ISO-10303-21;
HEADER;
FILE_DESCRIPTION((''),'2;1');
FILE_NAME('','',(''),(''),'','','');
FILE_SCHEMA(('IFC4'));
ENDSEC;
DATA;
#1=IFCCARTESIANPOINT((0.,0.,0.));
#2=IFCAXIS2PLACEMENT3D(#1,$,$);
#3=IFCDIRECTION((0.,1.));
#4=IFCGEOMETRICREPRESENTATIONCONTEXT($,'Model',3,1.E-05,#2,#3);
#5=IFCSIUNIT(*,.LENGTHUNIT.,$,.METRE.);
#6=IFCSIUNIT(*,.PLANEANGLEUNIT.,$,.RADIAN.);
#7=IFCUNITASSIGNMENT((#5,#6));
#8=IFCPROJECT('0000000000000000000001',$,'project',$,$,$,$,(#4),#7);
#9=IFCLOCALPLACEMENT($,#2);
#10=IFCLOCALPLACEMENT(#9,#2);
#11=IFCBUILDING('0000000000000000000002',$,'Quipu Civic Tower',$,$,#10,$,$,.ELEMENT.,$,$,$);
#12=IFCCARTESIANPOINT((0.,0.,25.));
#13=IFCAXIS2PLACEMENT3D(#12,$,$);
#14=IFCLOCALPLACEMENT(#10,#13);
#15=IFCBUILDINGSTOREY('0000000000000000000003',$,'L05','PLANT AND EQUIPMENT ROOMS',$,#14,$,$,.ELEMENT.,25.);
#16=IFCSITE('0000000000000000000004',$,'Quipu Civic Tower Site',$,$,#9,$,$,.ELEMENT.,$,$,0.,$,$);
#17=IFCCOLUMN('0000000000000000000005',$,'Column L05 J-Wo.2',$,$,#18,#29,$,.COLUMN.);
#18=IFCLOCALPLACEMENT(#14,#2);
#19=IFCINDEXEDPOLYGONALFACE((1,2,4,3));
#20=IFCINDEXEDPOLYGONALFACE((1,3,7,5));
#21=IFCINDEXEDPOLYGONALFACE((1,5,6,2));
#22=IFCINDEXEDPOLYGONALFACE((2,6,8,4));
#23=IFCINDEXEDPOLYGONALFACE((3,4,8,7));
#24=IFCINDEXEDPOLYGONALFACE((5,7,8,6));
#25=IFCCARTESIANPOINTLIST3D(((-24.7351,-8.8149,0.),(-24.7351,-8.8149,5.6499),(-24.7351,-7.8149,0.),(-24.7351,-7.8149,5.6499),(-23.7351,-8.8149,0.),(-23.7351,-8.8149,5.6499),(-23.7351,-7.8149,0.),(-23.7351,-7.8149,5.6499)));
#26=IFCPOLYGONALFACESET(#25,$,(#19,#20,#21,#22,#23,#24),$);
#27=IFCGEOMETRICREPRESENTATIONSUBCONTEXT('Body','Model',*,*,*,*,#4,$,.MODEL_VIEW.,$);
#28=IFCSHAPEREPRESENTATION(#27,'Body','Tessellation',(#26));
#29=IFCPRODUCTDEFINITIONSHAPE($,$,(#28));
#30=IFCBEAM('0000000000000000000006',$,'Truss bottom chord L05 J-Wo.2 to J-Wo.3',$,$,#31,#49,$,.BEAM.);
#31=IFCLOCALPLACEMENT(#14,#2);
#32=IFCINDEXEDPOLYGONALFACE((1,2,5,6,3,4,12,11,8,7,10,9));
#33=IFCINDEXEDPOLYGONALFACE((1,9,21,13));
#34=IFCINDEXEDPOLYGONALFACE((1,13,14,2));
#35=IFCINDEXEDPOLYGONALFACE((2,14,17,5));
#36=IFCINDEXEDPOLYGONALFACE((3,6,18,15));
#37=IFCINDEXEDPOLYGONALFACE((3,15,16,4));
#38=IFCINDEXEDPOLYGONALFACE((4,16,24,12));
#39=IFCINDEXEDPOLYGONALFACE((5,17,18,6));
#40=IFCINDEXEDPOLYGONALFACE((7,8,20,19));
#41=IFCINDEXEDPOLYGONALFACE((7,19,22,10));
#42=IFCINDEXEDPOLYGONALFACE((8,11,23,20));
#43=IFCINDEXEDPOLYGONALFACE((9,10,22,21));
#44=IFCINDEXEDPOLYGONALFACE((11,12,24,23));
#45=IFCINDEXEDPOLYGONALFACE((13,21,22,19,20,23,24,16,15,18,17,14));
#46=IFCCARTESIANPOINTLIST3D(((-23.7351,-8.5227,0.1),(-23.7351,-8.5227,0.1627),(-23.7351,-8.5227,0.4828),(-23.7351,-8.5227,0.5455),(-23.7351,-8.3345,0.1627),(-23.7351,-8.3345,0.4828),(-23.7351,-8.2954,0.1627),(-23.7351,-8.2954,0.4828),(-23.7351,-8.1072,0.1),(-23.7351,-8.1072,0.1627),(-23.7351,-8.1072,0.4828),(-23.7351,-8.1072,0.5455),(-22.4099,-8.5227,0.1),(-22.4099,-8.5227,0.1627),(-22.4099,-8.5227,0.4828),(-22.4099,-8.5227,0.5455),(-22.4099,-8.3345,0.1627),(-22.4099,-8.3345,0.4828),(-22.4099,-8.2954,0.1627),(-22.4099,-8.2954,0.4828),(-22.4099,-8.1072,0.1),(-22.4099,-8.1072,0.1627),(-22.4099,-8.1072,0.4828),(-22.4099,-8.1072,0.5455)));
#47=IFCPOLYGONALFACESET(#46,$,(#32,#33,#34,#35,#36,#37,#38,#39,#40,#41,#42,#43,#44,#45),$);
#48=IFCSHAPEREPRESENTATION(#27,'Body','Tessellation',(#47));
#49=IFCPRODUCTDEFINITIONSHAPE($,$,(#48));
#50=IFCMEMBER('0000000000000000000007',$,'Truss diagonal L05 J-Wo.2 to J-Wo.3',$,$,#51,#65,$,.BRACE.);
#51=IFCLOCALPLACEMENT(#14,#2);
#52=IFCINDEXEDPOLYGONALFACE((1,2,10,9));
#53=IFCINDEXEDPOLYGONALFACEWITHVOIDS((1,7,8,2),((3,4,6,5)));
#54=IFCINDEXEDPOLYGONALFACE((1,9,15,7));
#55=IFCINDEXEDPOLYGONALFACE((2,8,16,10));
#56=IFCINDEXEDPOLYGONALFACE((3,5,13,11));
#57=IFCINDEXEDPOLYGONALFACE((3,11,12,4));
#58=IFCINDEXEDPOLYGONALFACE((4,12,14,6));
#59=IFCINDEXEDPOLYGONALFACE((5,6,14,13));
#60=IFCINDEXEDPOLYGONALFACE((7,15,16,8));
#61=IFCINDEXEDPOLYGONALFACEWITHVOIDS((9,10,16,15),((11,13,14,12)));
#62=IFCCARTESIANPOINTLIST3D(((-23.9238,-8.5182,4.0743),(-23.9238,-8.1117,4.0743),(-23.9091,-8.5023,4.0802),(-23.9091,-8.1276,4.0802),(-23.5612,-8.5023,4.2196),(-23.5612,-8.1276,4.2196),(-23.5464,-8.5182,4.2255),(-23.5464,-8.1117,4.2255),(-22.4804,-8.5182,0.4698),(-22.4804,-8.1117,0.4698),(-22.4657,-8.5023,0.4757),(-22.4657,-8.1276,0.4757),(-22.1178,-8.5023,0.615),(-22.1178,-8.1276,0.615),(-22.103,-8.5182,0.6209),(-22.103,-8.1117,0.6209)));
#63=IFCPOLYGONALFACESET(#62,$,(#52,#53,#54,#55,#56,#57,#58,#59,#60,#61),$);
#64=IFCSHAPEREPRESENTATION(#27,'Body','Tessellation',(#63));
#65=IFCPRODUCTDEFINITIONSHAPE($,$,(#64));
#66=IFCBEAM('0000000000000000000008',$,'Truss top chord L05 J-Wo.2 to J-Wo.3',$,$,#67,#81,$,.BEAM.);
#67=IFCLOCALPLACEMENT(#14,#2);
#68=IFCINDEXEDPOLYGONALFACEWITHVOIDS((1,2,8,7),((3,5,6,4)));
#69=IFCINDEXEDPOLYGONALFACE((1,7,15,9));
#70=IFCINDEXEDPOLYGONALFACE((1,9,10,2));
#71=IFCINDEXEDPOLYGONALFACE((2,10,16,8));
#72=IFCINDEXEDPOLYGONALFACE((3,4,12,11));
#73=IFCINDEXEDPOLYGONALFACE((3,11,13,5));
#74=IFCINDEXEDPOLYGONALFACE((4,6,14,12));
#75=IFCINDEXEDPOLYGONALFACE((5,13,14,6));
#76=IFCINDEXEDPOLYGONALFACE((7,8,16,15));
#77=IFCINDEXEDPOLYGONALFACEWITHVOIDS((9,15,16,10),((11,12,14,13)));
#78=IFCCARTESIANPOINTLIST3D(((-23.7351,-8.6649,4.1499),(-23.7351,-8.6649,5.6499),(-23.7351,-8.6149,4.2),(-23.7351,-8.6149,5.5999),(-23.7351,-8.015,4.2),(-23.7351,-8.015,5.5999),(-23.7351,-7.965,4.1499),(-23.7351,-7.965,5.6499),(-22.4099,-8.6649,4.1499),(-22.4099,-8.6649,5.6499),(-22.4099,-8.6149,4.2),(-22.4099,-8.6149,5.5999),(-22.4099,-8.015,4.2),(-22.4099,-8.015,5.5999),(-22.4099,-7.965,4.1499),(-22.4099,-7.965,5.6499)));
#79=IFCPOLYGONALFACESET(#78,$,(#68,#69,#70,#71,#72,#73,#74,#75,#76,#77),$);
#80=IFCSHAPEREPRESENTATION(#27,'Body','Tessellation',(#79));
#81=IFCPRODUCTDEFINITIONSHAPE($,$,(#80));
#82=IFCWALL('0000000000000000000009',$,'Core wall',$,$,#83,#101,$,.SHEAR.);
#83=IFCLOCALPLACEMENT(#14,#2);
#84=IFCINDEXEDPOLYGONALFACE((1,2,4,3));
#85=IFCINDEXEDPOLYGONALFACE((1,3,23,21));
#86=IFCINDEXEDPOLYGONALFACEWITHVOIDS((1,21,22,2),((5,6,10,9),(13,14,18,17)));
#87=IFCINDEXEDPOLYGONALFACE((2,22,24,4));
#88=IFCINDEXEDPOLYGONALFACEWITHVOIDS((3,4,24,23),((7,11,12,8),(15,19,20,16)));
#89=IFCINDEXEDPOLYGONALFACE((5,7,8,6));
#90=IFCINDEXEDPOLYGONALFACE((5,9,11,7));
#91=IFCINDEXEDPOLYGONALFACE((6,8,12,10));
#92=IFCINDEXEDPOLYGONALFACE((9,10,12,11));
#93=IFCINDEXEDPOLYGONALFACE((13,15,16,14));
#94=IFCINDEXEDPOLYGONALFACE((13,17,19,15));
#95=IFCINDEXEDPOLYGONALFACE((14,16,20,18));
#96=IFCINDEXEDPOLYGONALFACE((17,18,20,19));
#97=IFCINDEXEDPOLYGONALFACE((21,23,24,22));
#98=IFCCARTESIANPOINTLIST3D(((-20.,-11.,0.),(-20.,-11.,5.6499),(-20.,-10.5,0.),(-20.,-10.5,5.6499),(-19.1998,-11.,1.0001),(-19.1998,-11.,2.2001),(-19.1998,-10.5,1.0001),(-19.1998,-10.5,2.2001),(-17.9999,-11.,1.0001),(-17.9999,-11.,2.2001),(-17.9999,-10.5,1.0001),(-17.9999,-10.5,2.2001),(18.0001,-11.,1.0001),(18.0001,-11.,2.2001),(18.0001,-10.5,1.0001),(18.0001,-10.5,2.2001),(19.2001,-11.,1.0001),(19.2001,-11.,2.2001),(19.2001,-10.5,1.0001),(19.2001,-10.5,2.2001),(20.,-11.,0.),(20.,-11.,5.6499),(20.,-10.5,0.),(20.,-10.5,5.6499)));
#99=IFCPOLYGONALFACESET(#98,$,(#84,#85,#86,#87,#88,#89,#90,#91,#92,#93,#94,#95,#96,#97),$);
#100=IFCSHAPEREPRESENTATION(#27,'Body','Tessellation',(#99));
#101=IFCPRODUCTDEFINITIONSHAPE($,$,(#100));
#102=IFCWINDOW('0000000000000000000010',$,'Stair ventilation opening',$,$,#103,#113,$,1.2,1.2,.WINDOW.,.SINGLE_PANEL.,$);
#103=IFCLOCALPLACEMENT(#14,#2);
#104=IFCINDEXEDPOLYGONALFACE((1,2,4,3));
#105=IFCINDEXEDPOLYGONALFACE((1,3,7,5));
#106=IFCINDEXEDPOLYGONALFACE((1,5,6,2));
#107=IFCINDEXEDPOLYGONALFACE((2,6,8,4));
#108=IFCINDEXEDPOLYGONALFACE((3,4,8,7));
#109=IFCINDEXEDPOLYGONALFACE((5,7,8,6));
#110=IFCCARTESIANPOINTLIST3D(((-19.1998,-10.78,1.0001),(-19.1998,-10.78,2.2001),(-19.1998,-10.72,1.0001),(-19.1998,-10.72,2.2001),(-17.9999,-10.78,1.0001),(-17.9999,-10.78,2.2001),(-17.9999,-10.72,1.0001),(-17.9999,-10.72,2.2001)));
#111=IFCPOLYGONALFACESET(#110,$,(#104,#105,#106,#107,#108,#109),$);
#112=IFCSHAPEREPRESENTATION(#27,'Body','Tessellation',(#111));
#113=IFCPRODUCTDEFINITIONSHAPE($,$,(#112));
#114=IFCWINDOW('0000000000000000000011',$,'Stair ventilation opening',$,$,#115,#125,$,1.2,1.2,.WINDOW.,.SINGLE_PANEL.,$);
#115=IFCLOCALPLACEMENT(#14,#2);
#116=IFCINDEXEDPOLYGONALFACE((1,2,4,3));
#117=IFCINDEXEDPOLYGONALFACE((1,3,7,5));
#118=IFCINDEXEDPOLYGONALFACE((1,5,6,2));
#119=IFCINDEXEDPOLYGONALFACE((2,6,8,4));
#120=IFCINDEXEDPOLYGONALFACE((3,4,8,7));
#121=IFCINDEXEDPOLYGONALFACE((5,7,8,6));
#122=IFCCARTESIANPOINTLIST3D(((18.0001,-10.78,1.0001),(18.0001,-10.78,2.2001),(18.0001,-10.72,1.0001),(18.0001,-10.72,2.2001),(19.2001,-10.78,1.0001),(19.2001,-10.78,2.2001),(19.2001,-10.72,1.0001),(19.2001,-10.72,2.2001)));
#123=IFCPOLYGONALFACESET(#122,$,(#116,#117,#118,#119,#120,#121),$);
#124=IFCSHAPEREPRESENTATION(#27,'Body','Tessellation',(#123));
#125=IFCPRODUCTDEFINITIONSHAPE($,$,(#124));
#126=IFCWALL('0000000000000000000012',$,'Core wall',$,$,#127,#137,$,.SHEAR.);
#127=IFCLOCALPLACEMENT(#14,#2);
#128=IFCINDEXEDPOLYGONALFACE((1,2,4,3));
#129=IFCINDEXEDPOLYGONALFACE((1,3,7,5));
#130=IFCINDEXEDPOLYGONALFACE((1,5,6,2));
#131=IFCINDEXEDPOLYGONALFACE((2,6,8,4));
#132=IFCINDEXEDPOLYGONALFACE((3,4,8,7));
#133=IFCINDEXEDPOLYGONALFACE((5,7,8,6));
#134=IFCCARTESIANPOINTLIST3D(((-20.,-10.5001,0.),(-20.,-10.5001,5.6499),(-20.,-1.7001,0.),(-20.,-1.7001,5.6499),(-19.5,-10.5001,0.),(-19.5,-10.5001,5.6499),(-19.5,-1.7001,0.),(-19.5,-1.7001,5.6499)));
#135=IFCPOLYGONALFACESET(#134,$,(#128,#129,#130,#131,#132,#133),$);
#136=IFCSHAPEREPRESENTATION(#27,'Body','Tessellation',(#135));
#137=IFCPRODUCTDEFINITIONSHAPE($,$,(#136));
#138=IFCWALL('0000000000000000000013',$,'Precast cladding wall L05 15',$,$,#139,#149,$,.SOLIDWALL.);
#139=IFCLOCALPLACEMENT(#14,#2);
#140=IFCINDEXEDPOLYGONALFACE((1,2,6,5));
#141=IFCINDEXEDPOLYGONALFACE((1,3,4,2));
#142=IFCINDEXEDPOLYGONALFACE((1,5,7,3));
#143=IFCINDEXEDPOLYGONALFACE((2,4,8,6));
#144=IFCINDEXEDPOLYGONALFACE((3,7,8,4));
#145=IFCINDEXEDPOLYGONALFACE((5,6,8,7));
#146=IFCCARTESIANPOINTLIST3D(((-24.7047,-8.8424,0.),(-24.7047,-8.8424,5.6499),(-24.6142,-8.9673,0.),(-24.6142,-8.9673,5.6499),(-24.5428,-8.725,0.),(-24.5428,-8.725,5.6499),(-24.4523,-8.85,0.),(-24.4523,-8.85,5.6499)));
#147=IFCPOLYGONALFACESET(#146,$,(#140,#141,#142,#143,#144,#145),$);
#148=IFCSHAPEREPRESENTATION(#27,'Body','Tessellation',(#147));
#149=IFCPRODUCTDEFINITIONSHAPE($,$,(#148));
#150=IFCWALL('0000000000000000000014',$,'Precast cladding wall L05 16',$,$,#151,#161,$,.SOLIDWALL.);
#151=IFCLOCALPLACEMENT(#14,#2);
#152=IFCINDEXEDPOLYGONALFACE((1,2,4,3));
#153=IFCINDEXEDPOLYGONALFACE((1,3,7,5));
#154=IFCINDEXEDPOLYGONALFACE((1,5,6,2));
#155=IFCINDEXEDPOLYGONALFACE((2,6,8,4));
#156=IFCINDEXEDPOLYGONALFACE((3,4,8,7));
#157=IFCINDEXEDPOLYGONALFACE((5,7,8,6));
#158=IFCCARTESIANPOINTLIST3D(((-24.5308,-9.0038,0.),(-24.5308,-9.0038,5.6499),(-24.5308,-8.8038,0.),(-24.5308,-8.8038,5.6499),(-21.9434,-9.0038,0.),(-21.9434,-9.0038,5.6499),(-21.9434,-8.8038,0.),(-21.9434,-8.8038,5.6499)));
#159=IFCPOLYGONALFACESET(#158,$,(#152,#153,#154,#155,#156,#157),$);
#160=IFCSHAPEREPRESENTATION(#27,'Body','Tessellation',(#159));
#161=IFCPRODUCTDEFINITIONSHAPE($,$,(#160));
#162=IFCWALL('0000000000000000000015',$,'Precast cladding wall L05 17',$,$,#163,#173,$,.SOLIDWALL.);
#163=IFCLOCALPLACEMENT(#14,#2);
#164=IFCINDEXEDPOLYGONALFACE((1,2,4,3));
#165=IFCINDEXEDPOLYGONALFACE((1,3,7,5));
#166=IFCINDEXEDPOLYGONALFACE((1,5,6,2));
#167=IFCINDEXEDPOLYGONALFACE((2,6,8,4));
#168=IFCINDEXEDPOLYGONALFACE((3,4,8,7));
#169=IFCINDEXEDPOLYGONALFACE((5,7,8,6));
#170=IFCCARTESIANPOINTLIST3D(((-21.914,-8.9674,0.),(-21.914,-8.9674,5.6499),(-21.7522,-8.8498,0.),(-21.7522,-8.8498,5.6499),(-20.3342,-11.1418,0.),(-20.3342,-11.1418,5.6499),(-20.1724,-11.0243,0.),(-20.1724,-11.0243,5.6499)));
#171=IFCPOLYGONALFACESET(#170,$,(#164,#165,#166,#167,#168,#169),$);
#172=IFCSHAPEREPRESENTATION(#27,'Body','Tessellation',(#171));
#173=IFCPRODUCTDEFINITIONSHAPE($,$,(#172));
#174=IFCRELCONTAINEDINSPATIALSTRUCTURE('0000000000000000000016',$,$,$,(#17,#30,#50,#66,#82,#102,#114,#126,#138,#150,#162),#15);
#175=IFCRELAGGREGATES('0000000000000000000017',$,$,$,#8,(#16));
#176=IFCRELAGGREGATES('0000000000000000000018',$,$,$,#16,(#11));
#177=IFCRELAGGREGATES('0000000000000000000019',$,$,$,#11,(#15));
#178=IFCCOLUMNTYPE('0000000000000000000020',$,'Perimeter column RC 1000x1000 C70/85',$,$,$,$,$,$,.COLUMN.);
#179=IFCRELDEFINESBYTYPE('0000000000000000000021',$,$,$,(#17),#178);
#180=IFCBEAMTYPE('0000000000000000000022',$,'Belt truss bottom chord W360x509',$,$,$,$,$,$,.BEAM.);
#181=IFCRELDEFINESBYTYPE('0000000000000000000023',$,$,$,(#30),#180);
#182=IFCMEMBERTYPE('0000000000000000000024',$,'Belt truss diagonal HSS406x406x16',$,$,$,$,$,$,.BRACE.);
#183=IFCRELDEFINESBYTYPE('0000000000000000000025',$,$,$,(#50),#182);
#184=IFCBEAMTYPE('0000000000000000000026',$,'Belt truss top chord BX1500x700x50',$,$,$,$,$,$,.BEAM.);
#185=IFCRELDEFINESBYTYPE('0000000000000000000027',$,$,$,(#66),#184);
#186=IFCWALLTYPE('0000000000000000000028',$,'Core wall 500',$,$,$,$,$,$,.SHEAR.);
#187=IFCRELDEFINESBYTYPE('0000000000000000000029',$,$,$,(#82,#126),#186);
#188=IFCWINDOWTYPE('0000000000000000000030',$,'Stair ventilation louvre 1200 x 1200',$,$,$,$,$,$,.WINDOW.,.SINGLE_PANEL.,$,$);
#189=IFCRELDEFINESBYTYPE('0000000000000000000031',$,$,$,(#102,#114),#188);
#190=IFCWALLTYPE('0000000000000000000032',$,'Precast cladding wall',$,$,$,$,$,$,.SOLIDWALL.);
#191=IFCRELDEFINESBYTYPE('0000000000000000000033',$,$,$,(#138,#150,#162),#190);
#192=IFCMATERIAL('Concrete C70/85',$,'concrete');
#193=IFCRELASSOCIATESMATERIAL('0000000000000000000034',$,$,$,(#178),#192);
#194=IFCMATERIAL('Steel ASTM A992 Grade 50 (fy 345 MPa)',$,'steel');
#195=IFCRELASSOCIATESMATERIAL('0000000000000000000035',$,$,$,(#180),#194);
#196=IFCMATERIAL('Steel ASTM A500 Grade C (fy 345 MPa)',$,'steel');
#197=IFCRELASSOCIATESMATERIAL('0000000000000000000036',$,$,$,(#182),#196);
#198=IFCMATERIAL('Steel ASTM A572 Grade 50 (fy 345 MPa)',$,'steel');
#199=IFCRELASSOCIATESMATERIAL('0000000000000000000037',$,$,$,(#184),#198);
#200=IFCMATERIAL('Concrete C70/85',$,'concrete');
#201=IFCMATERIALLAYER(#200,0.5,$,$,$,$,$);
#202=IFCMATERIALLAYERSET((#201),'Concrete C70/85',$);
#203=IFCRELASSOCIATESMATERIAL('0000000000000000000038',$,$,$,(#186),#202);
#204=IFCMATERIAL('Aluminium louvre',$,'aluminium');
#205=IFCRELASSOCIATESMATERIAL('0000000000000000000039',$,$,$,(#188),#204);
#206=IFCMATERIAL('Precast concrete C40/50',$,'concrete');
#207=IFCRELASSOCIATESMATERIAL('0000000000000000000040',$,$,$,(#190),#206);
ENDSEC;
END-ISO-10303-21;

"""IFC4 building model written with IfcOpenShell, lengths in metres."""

from ifc_helpers import new_model, si_unit, direction, frame, frame_2d, origin, origin_2d, place, context, subcontext, project, spatial, rectangle, hollow_rectangle, i_section, extrude, material, layer, layer_set, material_profile, profile_set, type_object, element, fill, save


model = new_model("IFC4")

# Units and contexts
model_context = context("Model", 3, precision=1e-05, world=origin(), true_north=direction((0.0, 1.0)))
body_context = subcontext(model_context, "Body", "Model", "MODEL_VIEW")
ifc_project = project(units=[si_unit("LENGTHUNIT", "METRE"), si_unit("PLANEANGLEUNIT", "RADIAN")], contexts=[model_context])

# Site, building, storey
site_placement = place(None, origin())
site = spatial("IfcSite", under=ifc_project, at=site_placement, Name="Quipu Civic Tower Site", CompositionType="ELEMENT", RefElevation=0.0)
building_placement = place(site_placement, origin())
building = spatial("IfcBuilding", under=site, at=building_placement, Name="Quipu Civic Tower", CompositionType="ELEMENT")
storey_placement = place(building_placement, frame((0.0, 0.0, 25.0)))
storey = spatial("IfcBuildingStorey", under=building, at=storey_placement, Name="L05", Description="PLANT AND EQUIPMENT ROOMS", CompositionType="ELEMENT", Elevation=25.0)

# Column
ifc_material_1 = material(Name="Concrete C70/85", Category="concrete")
ifc_material_profile_1 = material_profile(ifc_material_1, rectangle(XDim=1.0, YDim=1.0, at=origin_2d()), Name="RC1000x1000")
ifc_profile_set_1 = profile_set([ifc_material_profile_1], Name="Concrete C70/85")
column_type = type_object("IfcColumnType", Name="Perimeter column RC 1000x1000 C70/85", PredefinedType="COLUMN", material=ifc_profile_set_1)
column_placement = place(storey_placement, frame((-24.2351, -8.3149, 0.0), z_axis=(0.0, 0.0, 1.0), x_axis=(1.0, 0.0, 0.0)))
element("IfcColumn", 1, at=column_placement, inside=storey, type_object=column_type, Name="Column L05 J-Wo.2", PredefinedType="COLUMN", context=body_context, shape_type="SweptSolid", body=[
    extrude(rectangle(XDim=1.0, YDim=1.0, at=origin_2d()), origin(), (0.0, 0.0, 1.0), 5.6499),
])

# Beam
ifc_material_2 = material(Name="Steel ASTM A992 Grade 50 (fy 345 MPa)", Category="steel")
ifc_material_profile_2 = material_profile(ifc_material_2, i_section(OverallWidth=0.4155, OverallDepth=0.4456, WebThickness=0.0391, FlangeThickness=0.0627, at=origin_2d()), Name="W360x509")
ifc_profile_set_2 = profile_set([ifc_material_profile_2], Name="Steel ASTM A992 Grade 50 (fy 345 MPa)")
beam_type_1 = type_object("IfcBeamType", Name="Belt truss bottom chord W360x509", PredefinedType="BEAM", material=ifc_profile_set_2)
beam_1_placement = place(storey_placement, frame((-23.7351, -8.3149, 0.3228), z_axis=(1.0, 0.0, 0.0), x_axis=(0.0, 1.0, 0.0)))
element("IfcBeam", 2, at=beam_1_placement, inside=storey, type_object=beam_type_1, Name="Truss bottom chord L05 J-Wo.2 to J-Wo.3", PredefinedType="BEAM", context=body_context, shape_type="SweptSolid", body=[
    extrude(i_section(OverallWidth=0.4155, OverallDepth=0.4456, WebThickness=0.0391, FlangeThickness=0.0627, at=origin_2d()), origin(), (0.0, 0.0, 1.0), 1.3252),
])

# Member
ifc_material_3 = material(Name="Steel ASTM A500 Grade C (fy 345 MPa)", Category="steel")
ifc_material_profile_3 = material_profile(ifc_material_3, hollow_rectangle(XDim=0.4065, YDim=0.4065, WallThickness=0.0159, at=origin_2d()), Name="HSS406x406x16")
ifc_profile_set_3 = profile_set([ifc_material_profile_3], Name="Steel ASTM A500 Grade C (fy 345 MPa)")
member_type = type_object("IfcMemberType", Name="Belt truss diagonal HSS406x406x16", PredefinedType="BRACE", material=ifc_profile_set_3)
member_placement = place(storey_placement, frame((-23.7351, -8.3149, 4.1499), z_axis=(0.371738, 0.0, -0.928338), x_axis=(0.0, 1.0, 0.0)))
element("IfcMember", 3, at=member_placement, inside=storey, type_object=member_type, Name="Truss diagonal L05 J-Wo.2 to J-Wo.3", PredefinedType="BRACE", context=body_context, shape_type="SweptSolid", body=[
    extrude(hollow_rectangle(XDim=0.4065, YDim=0.4065, WallThickness=0.0159, at=origin_2d()), origin(), (0.0, 0.0, 1.0), 3.8828),
])

# Beam
ifc_material_4 = material(Name="Steel ASTM A572 Grade 50 (fy 345 MPa)", Category="steel")
ifc_material_profile_4 = material_profile(ifc_material_4, hollow_rectangle(XDim=0.7, YDim=1.5, WallThickness=0.05, at=origin_2d()), Name="BX1500x700x50")
ifc_profile_set_4 = profile_set([ifc_material_profile_4], Name="Steel ASTM A572 Grade 50 (fy 345 MPa)")
beam_type_2 = type_object("IfcBeamType", Name="Belt truss top chord BX1500x700x50", PredefinedType="BEAM", material=ifc_profile_set_4)
beam_2_placement = place(storey_placement, frame((-23.7351, -8.3149, 4.8999), z_axis=(1.0, 0.0, 0.0), x_axis=(0.0, 1.0, 0.0)))
element("IfcBeam", 4, at=beam_2_placement, inside=storey, type_object=beam_type_2, Name="Truss top chord L05 J-Wo.2 to J-Wo.3", PredefinedType="BEAM", context=body_context, shape_type="SweptSolid", body=[
    extrude(hollow_rectangle(XDim=0.7, YDim=1.5, WallThickness=0.05, at=origin_2d()), origin(), (0.0, 0.0, 1.0), 1.3252),
])

# Wall, openings, windows
ifc_material_5 = material(Name="Concrete C70/85", Category="concrete")
ifc_layer = layer(ifc_material_5, 0.5)
ifc_layer_set = layer_set([ifc_layer], Name="Concrete C70/85")
wall_type_1 = type_object("IfcWallType", Name="Core wall 500", PredefinedType="SHEAR", material=ifc_layer_set)
wall_1_placement = place(storey_placement, frame((-20.0, -10.75, 0.0), z_axis=(0.0, 0.0, 1.0), x_axis=(1.0, 0.0, 0.0)))
wall_1 = element("IfcWall", 5, at=wall_1_placement, inside=storey, type_object=wall_type_1, Name="Core wall", PredefinedType="SHEAR", context=body_context, shape_type="SweptSolid", body=[
    extrude(rectangle(XDim=40.0, YDim=0.5, at=frame_2d((20.0, 0.0))), origin(), (0.0, 0.0, 1.0), 5.6499),
])
opening_1_placement = place(wall_1_placement, frame((0.8, 0.0, 1.0)))
opening_1 = element("IfcOpeningElement", 6, at=opening_1_placement, cuts=wall_1, PredefinedType="OPENING", context=body_context, shape_type="SweptSolid", body=[
    extrude(rectangle(XDim=1.2, YDim=1.2, at=frame_2d((0.6001, 0.6001))), frame((0.0, 0.26, 0.0), z_axis=(0.0, -1.0, 0.0), x_axis=(1.0, 0.0, 0.0)), (0.0, 0.0, 1.0), 0.52),
])
opening_2_placement = place(wall_1_placement, frame((38.0, 0.0, 1.0)))
opening_2 = element("IfcOpeningElement", 7, at=opening_2_placement, cuts=wall_1, PredefinedType="OPENING", context=body_context, shape_type="SweptSolid", body=[
    extrude(rectangle(XDim=1.2, YDim=1.2, at=frame_2d((0.6001, 0.6001))), frame((0.0, 0.26, 0.0), z_axis=(0.0, -1.0, 0.0), x_axis=(1.0, 0.0, 0.0)), (0.0, 0.0, 1.0), 0.52),
])
ifc_material_6 = material(Name="Aluminium louvre", Category="aluminium")
window_type = type_object("IfcWindowType", Name="Stair ventilation louvre 1200 x 1200", PartitioningType="SINGLE_PANEL", PredefinedType="WINDOW", material=ifc_material_6)
window_1_placement = place(opening_1_placement, origin())
window_1 = element("IfcWindow", 8, at=window_1_placement, inside=storey, type_object=window_type, Name="Stair ventilation opening", OverallHeight=1.2, OverallWidth=1.2, PartitioningType="SINGLE_PANEL", PredefinedType="WINDOW", context=body_context, shape_type="SweptSolid", body=[
    extrude(rectangle(XDim=1.2, YDim=1.2, at=frame_2d((0.6001, 0.6001))), frame((0.0, 0.03, 0.0), z_axis=(0.0, -1.0, 0.0), x_axis=(1.0, 0.0, 0.0)), (0.0, 0.0, 1.0), 0.0601),
])
fill(opening_1, window_1)
window_2_placement = place(opening_2_placement, origin())
window_2 = element("IfcWindow", 9, at=window_2_placement, inside=storey, type_object=window_type, Name="Stair ventilation opening", OverallHeight=1.2, OverallWidth=1.2, PartitioningType="SINGLE_PANEL", PredefinedType="WINDOW", context=body_context, shape_type="SweptSolid", body=[
    extrude(rectangle(XDim=1.2, YDim=1.2, at=frame_2d((0.6001, 0.6001))), frame((0.0, 0.03, 0.0), z_axis=(0.0, -1.0, 0.0), x_axis=(1.0, 0.0, 0.0)), (0.0, 0.0, 1.0), 0.0601),
])
fill(opening_2, window_2)

# Walls
wall_2_placement = place(storey_placement, frame((-19.75, -10.5, 0.0), z_axis=(0.0, 0.0, 1.0), x_axis=(0.0, 1.0, 0.0)))
element("IfcWall", 10, at=wall_2_placement, inside=storey, type_object=wall_type_1, Name="Core wall", PredefinedType="SHEAR", context=body_context, shape_type="SweptSolid", body=[
    extrude(rectangle(XDim=8.8, YDim=0.5, at=frame_2d((4.3999, 0.0))), origin(), (0.0, 0.0, 1.0), 5.6499),
])
ifc_material_7 = material(Name="Precast concrete C40/50", Category="concrete")
wall_type_2 = type_object("IfcWallType", Name="Precast cladding wall", PredefinedType="SOLIDWALL", material=ifc_material_7)
wall_3_placement = place(storey_placement, frame((-24.6238, -8.7837, 0.0), z_axis=(0.0, 0.0, 1.0), x_axis=(0.58676, -0.809761, 0.0)))
element("IfcWall", 11, at=wall_3_placement, inside=storey, type_object=wall_type_2, Name="Precast cladding wall L05 15", PredefinedType="SOLIDWALL", context=body_context, shape_type="SweptSolid", body=[
    extrude(rectangle(XDim=0.1543, YDim=0.2, at=frame_2d((0.0771, 0.0))), origin(), (0.0, 0.0, 1.0), 5.6499),
])
wall_4_placement = place(storey_placement, frame((-24.5308, -8.9038, 0.0), z_axis=(0.0, 0.0, 1.0), x_axis=(1.0, 0.0, 0.0)))
element("IfcWall", 12, at=wall_4_placement, inside=storey, type_object=wall_type_2, Name="Precast cladding wall L05 16", PredefinedType="SOLIDWALL", context=body_context, shape_type="SweptSolid", body=[
    extrude(rectangle(XDim=2.5874, YDim=0.2, at=frame_2d((1.2937, 0.0))), origin(), (0.0, 0.0, 1.0), 5.6499),
])
wall_5_placement = place(storey_placement, frame((-21.833, -8.9087, 0.0), z_axis=(0.0, 0.0, 1.0), x_axis=(0.587767, -0.809031, 0.0)))
element("IfcWall", 13, at=wall_5_placement, inside=storey, type_object=wall_type_2, Name="Precast cladding wall L05 17", PredefinedType="SOLIDWALL", context=body_context, shape_type="SweptSolid", body=[
    extrude(rectangle(XDim=2.6877, YDim=0.2, at=frame_2d((1.3438, 0.0))), origin(), (0.0, 0.0, 1.0), 5.6499),
])

save(model, "model.ifc")
